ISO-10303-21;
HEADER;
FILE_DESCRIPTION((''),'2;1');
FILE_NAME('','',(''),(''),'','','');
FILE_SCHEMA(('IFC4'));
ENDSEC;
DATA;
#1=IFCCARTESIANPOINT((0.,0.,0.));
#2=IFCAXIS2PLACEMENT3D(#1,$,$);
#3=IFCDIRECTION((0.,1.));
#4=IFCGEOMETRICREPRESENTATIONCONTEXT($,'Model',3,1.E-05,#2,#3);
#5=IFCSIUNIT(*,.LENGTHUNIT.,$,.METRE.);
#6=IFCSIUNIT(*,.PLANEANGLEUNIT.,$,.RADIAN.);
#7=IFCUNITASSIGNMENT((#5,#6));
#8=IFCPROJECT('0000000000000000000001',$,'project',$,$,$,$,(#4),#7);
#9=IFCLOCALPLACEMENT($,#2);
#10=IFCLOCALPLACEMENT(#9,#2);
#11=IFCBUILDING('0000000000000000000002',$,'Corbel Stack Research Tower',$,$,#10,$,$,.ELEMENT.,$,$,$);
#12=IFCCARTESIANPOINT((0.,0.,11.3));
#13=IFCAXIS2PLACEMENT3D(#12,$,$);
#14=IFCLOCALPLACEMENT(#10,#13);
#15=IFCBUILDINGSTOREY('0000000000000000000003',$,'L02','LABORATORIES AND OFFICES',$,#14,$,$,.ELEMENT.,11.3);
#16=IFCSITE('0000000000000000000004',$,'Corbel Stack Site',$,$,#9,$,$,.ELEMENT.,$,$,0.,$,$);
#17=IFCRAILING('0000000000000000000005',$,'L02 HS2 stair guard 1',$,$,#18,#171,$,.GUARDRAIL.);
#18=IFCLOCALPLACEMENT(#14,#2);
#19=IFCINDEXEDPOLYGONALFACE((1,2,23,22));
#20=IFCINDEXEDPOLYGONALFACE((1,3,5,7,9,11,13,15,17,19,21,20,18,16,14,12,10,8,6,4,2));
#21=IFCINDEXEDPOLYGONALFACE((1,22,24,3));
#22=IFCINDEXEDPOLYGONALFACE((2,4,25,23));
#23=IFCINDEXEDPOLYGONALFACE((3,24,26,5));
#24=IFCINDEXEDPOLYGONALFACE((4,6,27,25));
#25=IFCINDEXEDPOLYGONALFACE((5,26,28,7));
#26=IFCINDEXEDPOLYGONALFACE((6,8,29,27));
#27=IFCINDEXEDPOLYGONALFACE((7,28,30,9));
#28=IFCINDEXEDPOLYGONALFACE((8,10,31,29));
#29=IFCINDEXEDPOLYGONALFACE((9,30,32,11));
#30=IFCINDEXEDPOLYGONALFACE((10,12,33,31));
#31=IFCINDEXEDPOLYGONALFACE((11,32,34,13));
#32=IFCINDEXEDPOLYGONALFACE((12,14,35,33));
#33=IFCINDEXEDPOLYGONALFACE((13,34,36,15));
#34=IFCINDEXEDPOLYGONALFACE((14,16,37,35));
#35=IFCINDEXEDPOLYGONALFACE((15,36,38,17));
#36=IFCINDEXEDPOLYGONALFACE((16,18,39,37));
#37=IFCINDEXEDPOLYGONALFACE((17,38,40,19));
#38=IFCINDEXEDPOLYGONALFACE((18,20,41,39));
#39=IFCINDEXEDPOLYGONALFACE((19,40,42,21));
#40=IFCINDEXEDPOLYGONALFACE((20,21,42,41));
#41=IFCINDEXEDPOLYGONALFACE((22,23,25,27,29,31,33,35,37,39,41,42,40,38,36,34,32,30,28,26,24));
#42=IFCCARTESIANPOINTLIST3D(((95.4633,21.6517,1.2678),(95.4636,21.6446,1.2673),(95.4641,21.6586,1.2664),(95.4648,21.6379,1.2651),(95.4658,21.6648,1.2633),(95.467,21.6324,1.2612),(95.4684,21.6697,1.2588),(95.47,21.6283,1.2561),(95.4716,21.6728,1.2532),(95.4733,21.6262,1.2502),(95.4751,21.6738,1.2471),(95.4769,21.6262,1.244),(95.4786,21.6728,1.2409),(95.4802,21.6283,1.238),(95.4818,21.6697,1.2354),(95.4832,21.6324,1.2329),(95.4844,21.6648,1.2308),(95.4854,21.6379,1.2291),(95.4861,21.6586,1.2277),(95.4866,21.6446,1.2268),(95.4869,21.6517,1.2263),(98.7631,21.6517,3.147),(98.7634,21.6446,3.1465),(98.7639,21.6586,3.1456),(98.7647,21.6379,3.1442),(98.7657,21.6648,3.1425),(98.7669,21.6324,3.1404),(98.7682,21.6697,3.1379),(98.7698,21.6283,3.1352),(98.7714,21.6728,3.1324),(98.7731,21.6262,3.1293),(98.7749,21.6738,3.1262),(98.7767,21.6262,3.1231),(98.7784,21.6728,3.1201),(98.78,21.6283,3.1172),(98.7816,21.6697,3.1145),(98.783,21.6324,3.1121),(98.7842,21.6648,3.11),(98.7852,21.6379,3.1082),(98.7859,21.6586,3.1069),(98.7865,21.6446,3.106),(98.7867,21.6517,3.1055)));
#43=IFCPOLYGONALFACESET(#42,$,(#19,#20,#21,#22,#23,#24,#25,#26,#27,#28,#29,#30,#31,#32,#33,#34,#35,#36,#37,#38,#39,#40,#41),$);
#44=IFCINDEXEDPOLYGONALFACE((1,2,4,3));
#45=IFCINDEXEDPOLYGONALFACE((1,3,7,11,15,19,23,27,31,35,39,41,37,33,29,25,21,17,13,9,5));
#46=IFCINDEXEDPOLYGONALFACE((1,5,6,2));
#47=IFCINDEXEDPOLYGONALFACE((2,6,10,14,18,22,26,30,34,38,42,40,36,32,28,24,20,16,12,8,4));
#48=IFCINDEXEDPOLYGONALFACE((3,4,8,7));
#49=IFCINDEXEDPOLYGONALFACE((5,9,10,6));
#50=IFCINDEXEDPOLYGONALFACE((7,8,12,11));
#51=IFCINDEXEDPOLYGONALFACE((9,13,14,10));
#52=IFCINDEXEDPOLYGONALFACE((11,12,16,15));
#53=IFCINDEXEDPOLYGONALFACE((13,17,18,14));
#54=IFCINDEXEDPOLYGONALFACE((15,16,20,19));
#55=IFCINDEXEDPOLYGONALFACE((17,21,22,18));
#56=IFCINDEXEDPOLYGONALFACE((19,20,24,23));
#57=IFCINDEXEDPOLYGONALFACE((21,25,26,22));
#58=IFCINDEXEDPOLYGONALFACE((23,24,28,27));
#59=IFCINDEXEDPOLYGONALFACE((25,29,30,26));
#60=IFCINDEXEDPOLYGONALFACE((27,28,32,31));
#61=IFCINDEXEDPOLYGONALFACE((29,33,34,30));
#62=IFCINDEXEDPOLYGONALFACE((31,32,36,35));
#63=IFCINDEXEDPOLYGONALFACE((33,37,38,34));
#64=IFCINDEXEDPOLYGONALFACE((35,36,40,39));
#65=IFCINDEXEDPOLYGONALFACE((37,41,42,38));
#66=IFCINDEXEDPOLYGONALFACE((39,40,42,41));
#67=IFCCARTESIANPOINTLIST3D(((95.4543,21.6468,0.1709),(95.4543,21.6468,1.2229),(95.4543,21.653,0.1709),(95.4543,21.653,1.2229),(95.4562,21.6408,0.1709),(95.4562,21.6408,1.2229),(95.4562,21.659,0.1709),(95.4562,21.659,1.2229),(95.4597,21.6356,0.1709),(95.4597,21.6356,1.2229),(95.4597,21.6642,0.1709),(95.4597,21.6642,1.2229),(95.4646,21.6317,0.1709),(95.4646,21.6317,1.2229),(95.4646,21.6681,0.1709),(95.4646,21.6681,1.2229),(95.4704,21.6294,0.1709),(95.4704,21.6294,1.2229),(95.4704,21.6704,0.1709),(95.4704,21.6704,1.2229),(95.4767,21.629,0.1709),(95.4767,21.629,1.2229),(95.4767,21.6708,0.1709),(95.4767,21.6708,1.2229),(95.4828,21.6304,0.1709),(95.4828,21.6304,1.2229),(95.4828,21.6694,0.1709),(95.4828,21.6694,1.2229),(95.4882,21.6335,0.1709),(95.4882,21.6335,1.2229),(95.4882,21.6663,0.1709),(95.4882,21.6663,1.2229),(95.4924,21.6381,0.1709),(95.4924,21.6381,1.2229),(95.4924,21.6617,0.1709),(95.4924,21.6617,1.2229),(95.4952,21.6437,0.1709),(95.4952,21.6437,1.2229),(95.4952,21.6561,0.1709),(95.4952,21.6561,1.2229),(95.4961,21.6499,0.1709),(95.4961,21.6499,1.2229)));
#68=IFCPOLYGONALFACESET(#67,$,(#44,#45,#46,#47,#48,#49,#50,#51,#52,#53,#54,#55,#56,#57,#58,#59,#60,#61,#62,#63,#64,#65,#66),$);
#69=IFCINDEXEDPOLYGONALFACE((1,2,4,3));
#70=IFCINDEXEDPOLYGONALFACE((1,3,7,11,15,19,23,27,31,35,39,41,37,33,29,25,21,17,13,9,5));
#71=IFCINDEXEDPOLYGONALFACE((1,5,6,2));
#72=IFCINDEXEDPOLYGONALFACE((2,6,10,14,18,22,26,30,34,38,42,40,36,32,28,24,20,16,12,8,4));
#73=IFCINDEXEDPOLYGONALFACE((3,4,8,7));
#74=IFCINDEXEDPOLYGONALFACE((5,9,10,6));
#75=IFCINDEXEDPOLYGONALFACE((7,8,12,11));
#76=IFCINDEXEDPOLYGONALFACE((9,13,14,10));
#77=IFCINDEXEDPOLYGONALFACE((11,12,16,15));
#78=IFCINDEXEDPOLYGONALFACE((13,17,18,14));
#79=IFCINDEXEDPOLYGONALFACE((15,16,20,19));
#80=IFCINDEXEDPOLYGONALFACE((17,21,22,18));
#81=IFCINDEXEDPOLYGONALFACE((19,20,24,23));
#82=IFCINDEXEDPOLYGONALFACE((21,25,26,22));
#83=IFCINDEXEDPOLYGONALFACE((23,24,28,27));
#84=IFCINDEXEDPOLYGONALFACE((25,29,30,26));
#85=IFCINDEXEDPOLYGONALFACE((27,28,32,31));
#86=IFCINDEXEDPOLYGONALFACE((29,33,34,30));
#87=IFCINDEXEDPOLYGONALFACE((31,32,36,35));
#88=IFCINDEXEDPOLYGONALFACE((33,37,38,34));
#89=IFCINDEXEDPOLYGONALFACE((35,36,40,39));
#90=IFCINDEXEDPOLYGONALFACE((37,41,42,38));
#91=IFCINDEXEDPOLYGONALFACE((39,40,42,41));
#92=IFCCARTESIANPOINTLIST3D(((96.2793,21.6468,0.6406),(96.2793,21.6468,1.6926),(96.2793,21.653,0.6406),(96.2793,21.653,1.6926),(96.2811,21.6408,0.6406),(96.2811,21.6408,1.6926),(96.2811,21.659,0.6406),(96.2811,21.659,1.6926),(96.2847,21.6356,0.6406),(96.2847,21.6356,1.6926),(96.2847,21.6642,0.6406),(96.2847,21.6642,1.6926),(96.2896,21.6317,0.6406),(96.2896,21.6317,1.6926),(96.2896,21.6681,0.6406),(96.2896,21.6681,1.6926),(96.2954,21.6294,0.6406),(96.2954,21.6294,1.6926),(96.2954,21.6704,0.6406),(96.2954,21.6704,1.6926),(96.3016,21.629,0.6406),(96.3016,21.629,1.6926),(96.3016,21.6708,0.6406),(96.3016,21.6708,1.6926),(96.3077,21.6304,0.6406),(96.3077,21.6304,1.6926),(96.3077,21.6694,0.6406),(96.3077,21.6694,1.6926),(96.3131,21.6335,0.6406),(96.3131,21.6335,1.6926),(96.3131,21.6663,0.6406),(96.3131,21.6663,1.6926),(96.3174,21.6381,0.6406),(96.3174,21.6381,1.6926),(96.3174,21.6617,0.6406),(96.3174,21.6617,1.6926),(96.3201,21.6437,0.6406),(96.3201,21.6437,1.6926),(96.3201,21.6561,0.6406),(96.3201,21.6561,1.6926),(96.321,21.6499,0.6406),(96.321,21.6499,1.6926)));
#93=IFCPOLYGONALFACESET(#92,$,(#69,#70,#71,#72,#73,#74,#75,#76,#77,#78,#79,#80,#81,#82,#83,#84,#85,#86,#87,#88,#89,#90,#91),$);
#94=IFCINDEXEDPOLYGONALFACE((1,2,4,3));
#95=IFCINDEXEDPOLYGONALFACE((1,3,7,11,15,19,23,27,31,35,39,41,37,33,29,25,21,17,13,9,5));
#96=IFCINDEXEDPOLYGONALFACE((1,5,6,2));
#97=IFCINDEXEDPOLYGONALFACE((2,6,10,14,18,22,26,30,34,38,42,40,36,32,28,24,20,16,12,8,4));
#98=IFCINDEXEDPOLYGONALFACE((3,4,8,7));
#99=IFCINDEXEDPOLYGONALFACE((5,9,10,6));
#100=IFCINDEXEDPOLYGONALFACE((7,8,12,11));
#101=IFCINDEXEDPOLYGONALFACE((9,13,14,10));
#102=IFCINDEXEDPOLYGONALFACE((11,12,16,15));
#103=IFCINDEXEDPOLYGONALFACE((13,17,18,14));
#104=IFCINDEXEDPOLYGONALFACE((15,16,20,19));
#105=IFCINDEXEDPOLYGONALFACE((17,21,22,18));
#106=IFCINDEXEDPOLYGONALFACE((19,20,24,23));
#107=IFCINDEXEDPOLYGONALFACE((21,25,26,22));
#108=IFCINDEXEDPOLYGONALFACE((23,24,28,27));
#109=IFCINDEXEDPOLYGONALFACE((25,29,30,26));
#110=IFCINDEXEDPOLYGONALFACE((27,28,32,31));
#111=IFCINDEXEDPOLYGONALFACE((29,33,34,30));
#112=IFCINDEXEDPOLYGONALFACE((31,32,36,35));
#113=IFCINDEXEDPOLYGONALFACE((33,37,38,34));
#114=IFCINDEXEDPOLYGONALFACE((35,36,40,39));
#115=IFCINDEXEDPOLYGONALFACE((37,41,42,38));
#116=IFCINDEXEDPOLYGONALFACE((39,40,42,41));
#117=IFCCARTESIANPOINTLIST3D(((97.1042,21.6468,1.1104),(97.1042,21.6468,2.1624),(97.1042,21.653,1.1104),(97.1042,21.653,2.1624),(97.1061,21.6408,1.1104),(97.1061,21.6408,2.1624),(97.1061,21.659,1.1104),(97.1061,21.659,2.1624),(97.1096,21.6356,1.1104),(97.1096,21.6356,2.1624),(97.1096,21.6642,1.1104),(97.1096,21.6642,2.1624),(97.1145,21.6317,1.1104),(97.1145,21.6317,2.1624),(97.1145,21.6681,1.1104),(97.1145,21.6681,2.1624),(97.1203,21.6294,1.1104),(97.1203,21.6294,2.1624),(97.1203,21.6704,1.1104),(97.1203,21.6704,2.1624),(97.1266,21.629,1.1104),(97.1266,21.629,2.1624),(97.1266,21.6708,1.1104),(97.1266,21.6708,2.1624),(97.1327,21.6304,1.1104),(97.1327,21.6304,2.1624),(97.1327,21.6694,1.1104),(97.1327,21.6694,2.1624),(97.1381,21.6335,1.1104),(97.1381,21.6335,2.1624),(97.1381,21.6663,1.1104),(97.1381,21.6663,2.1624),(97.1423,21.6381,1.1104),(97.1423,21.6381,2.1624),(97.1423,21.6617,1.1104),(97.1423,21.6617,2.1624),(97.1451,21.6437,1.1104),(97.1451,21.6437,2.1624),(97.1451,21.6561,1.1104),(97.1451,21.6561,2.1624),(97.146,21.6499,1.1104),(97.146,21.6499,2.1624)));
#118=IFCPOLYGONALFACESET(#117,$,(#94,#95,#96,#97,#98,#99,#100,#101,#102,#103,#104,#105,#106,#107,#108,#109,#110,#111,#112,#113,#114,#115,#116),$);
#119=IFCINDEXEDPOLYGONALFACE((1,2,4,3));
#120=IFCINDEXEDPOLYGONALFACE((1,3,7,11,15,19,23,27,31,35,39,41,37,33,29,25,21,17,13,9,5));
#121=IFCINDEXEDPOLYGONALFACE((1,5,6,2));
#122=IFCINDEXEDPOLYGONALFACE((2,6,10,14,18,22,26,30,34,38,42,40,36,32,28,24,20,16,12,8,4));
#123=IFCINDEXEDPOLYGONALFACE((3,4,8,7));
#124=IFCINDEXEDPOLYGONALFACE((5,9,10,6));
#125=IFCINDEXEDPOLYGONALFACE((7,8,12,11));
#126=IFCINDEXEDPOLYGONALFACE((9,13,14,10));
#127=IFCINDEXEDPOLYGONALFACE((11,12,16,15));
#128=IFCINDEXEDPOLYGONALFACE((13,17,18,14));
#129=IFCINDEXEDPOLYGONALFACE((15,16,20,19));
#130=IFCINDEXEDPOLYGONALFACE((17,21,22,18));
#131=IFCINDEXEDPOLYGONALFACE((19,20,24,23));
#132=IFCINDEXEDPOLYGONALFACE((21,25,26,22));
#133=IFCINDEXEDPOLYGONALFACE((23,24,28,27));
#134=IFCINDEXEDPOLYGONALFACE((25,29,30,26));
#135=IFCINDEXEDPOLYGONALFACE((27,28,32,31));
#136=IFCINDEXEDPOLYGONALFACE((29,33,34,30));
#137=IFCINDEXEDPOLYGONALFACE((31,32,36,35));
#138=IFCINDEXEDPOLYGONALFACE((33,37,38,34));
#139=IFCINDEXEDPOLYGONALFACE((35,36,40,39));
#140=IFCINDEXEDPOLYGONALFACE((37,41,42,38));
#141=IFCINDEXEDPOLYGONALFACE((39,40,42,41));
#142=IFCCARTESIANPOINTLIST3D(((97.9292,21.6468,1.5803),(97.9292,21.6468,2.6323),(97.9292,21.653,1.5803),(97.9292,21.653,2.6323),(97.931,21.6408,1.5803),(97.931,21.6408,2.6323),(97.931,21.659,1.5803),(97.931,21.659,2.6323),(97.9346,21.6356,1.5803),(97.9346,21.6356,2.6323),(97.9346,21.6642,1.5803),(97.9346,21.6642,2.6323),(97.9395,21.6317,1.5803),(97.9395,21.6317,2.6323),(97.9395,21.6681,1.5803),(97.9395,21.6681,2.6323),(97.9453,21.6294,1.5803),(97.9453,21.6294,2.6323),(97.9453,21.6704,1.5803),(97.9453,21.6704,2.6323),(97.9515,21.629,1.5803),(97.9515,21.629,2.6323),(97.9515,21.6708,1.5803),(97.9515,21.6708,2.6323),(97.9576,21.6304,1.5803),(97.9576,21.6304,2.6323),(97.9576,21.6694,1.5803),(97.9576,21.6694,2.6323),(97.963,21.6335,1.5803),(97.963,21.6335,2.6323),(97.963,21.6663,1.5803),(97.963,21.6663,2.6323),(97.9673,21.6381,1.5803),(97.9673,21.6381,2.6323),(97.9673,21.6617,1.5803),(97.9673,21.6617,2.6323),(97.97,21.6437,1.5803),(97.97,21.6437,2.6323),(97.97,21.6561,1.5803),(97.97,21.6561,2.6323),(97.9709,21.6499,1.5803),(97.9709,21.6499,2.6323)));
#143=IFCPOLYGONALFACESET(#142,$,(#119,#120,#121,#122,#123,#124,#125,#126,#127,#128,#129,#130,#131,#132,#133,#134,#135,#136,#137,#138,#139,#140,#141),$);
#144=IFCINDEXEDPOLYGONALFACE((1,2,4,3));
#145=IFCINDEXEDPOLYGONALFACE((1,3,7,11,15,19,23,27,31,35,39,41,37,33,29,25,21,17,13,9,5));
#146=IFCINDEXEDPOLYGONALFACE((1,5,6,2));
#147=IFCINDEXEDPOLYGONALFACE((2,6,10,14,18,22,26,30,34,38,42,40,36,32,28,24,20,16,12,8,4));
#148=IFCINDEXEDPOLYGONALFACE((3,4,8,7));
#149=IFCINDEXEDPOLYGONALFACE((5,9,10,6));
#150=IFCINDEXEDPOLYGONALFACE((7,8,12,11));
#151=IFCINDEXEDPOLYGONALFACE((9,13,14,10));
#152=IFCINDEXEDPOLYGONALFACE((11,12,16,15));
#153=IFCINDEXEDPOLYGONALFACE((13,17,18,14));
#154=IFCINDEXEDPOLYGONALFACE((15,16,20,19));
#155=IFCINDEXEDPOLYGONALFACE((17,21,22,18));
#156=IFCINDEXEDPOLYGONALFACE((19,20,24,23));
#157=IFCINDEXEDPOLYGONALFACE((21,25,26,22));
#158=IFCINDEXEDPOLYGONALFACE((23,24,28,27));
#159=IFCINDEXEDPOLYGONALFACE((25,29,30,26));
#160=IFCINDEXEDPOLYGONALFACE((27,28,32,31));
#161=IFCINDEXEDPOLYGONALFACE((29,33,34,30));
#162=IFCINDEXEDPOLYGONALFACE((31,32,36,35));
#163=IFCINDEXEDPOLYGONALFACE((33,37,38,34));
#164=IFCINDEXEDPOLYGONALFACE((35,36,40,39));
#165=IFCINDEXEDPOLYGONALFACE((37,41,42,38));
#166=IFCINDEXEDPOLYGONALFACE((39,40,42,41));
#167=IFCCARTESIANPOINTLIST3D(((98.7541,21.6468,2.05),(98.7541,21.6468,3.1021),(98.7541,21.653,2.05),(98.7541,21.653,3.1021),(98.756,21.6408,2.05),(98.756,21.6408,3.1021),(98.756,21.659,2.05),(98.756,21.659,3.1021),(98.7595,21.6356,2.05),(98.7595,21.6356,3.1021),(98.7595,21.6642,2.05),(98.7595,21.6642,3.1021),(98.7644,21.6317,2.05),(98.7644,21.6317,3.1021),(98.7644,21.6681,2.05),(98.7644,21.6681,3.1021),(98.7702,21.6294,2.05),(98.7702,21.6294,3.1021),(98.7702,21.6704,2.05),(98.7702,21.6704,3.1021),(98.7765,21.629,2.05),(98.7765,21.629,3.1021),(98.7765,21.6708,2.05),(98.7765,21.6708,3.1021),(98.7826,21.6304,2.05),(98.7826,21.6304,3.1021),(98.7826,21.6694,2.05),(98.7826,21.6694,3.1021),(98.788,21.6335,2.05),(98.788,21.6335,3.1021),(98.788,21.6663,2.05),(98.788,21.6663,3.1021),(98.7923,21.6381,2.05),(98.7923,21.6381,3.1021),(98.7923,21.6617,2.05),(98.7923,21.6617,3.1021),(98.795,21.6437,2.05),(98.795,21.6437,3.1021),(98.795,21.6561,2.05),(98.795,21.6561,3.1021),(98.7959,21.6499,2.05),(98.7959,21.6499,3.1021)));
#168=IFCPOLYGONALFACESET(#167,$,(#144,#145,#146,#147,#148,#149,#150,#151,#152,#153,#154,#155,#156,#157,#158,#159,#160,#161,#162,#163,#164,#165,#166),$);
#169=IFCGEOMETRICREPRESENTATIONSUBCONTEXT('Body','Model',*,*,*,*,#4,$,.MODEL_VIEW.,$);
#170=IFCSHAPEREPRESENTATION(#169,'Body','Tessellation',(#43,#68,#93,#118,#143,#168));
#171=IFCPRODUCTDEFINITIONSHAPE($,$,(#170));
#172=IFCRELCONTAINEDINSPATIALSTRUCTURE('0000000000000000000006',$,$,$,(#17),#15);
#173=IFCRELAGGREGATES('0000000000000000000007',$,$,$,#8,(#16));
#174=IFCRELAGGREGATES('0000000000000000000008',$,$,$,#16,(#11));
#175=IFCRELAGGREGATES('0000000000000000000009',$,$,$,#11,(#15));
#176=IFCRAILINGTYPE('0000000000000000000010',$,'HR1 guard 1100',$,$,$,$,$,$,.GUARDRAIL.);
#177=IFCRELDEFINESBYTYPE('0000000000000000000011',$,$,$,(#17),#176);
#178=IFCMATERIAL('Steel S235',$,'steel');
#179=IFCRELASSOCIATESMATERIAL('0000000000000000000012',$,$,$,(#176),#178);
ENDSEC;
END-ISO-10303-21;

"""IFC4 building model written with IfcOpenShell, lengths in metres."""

from ifc_helpers import new_model, si_unit, direction, frame, origin, origin_2d, place, context, subcontext, project, spatial, circle, extrude, material, type_object, element, save


model = new_model("IFC4")

# Units and contexts
model_context = context("Model", 3, precision=1e-05, world=origin(), true_north=direction((0.0, 1.0)))
body_context = subcontext(model_context, "Body", "Model", "MODEL_VIEW")
ifc_project = project(units=[si_unit("LENGTHUNIT", "METRE"), si_unit("PLANEANGLEUNIT", "RADIAN")], contexts=[model_context])

# Site, building, storey
site_placement = place(None, origin())
site = spatial("IfcSite", under=ifc_project, at=site_placement, Name="Corbel Stack Site", CompositionType="ELEMENT", RefElevation=0.0)
building_placement = place(site_placement, origin())
building = spatial("IfcBuilding", under=site, at=building_placement, Name="Corbel Stack Research Tower", CompositionType="ELEMENT")
storey_placement = place(building_placement, frame((0.0, 0.0, 11.3)))
storey = spatial("IfcBuildingStorey", under=building, at=storey_placement, Name="L02", Description="LABORATORIES AND OFFICES", CompositionType="ELEMENT", Elevation=11.3)

# Railing
ifc_material_1 = material(Name="Steel S235", Category="steel")
railing_type_1 = type_object("IfcRailingType", Name="HR1 guard 1100", PredefinedType="GUARDRAIL", material=ifc_material_1)
railing_1_placement = place(storey_placement, frame((95.4751, 21.6499, 0.1709)))
element("IfcRailing", 1, at=railing_1_placement, inside=storey, type_object=railing_type_1, Name="L02 HS2 stair guard 1", PredefinedType="GUARDRAIL", context=body_context, shape_type="SweptSolid", body=[
    extrude(circle(Radius=0.0239, at=origin_2d()), frame((0.0, 0.0, 1.0762), z_axis=(0.868974, 0.0, 0.494857), x_axis=(0.0, 1.0, 0.0)), (0.0, 0.0, 1.0), 3.7974),
    extrude(circle(Radius=0.021, at=origin_2d()), origin(), (0.0, 0.0, 1.0), 1.052),
    extrude(circle(Radius=0.021, at=origin_2d()), frame((0.825, 0.0, 0.4697)), (0.0, 0.0, 1.0), 1.052),
    extrude(circle(Radius=0.021, at=origin_2d()), frame((1.6499, 0.0, 0.9395)), (0.0, 0.0, 1.0), 1.052),
    extrude(circle(Radius=0.021, at=origin_2d()), frame((2.4749, 0.0, 1.4094)), (0.0, 0.0, 1.0), 1.052),
    extrude(circle(Radius=0.021, at=origin_2d()), frame((3.2998, 0.0, 1.8792)), (0.0, 0.0, 1.0), 1.052),
])

save(model, "model.ifc")
